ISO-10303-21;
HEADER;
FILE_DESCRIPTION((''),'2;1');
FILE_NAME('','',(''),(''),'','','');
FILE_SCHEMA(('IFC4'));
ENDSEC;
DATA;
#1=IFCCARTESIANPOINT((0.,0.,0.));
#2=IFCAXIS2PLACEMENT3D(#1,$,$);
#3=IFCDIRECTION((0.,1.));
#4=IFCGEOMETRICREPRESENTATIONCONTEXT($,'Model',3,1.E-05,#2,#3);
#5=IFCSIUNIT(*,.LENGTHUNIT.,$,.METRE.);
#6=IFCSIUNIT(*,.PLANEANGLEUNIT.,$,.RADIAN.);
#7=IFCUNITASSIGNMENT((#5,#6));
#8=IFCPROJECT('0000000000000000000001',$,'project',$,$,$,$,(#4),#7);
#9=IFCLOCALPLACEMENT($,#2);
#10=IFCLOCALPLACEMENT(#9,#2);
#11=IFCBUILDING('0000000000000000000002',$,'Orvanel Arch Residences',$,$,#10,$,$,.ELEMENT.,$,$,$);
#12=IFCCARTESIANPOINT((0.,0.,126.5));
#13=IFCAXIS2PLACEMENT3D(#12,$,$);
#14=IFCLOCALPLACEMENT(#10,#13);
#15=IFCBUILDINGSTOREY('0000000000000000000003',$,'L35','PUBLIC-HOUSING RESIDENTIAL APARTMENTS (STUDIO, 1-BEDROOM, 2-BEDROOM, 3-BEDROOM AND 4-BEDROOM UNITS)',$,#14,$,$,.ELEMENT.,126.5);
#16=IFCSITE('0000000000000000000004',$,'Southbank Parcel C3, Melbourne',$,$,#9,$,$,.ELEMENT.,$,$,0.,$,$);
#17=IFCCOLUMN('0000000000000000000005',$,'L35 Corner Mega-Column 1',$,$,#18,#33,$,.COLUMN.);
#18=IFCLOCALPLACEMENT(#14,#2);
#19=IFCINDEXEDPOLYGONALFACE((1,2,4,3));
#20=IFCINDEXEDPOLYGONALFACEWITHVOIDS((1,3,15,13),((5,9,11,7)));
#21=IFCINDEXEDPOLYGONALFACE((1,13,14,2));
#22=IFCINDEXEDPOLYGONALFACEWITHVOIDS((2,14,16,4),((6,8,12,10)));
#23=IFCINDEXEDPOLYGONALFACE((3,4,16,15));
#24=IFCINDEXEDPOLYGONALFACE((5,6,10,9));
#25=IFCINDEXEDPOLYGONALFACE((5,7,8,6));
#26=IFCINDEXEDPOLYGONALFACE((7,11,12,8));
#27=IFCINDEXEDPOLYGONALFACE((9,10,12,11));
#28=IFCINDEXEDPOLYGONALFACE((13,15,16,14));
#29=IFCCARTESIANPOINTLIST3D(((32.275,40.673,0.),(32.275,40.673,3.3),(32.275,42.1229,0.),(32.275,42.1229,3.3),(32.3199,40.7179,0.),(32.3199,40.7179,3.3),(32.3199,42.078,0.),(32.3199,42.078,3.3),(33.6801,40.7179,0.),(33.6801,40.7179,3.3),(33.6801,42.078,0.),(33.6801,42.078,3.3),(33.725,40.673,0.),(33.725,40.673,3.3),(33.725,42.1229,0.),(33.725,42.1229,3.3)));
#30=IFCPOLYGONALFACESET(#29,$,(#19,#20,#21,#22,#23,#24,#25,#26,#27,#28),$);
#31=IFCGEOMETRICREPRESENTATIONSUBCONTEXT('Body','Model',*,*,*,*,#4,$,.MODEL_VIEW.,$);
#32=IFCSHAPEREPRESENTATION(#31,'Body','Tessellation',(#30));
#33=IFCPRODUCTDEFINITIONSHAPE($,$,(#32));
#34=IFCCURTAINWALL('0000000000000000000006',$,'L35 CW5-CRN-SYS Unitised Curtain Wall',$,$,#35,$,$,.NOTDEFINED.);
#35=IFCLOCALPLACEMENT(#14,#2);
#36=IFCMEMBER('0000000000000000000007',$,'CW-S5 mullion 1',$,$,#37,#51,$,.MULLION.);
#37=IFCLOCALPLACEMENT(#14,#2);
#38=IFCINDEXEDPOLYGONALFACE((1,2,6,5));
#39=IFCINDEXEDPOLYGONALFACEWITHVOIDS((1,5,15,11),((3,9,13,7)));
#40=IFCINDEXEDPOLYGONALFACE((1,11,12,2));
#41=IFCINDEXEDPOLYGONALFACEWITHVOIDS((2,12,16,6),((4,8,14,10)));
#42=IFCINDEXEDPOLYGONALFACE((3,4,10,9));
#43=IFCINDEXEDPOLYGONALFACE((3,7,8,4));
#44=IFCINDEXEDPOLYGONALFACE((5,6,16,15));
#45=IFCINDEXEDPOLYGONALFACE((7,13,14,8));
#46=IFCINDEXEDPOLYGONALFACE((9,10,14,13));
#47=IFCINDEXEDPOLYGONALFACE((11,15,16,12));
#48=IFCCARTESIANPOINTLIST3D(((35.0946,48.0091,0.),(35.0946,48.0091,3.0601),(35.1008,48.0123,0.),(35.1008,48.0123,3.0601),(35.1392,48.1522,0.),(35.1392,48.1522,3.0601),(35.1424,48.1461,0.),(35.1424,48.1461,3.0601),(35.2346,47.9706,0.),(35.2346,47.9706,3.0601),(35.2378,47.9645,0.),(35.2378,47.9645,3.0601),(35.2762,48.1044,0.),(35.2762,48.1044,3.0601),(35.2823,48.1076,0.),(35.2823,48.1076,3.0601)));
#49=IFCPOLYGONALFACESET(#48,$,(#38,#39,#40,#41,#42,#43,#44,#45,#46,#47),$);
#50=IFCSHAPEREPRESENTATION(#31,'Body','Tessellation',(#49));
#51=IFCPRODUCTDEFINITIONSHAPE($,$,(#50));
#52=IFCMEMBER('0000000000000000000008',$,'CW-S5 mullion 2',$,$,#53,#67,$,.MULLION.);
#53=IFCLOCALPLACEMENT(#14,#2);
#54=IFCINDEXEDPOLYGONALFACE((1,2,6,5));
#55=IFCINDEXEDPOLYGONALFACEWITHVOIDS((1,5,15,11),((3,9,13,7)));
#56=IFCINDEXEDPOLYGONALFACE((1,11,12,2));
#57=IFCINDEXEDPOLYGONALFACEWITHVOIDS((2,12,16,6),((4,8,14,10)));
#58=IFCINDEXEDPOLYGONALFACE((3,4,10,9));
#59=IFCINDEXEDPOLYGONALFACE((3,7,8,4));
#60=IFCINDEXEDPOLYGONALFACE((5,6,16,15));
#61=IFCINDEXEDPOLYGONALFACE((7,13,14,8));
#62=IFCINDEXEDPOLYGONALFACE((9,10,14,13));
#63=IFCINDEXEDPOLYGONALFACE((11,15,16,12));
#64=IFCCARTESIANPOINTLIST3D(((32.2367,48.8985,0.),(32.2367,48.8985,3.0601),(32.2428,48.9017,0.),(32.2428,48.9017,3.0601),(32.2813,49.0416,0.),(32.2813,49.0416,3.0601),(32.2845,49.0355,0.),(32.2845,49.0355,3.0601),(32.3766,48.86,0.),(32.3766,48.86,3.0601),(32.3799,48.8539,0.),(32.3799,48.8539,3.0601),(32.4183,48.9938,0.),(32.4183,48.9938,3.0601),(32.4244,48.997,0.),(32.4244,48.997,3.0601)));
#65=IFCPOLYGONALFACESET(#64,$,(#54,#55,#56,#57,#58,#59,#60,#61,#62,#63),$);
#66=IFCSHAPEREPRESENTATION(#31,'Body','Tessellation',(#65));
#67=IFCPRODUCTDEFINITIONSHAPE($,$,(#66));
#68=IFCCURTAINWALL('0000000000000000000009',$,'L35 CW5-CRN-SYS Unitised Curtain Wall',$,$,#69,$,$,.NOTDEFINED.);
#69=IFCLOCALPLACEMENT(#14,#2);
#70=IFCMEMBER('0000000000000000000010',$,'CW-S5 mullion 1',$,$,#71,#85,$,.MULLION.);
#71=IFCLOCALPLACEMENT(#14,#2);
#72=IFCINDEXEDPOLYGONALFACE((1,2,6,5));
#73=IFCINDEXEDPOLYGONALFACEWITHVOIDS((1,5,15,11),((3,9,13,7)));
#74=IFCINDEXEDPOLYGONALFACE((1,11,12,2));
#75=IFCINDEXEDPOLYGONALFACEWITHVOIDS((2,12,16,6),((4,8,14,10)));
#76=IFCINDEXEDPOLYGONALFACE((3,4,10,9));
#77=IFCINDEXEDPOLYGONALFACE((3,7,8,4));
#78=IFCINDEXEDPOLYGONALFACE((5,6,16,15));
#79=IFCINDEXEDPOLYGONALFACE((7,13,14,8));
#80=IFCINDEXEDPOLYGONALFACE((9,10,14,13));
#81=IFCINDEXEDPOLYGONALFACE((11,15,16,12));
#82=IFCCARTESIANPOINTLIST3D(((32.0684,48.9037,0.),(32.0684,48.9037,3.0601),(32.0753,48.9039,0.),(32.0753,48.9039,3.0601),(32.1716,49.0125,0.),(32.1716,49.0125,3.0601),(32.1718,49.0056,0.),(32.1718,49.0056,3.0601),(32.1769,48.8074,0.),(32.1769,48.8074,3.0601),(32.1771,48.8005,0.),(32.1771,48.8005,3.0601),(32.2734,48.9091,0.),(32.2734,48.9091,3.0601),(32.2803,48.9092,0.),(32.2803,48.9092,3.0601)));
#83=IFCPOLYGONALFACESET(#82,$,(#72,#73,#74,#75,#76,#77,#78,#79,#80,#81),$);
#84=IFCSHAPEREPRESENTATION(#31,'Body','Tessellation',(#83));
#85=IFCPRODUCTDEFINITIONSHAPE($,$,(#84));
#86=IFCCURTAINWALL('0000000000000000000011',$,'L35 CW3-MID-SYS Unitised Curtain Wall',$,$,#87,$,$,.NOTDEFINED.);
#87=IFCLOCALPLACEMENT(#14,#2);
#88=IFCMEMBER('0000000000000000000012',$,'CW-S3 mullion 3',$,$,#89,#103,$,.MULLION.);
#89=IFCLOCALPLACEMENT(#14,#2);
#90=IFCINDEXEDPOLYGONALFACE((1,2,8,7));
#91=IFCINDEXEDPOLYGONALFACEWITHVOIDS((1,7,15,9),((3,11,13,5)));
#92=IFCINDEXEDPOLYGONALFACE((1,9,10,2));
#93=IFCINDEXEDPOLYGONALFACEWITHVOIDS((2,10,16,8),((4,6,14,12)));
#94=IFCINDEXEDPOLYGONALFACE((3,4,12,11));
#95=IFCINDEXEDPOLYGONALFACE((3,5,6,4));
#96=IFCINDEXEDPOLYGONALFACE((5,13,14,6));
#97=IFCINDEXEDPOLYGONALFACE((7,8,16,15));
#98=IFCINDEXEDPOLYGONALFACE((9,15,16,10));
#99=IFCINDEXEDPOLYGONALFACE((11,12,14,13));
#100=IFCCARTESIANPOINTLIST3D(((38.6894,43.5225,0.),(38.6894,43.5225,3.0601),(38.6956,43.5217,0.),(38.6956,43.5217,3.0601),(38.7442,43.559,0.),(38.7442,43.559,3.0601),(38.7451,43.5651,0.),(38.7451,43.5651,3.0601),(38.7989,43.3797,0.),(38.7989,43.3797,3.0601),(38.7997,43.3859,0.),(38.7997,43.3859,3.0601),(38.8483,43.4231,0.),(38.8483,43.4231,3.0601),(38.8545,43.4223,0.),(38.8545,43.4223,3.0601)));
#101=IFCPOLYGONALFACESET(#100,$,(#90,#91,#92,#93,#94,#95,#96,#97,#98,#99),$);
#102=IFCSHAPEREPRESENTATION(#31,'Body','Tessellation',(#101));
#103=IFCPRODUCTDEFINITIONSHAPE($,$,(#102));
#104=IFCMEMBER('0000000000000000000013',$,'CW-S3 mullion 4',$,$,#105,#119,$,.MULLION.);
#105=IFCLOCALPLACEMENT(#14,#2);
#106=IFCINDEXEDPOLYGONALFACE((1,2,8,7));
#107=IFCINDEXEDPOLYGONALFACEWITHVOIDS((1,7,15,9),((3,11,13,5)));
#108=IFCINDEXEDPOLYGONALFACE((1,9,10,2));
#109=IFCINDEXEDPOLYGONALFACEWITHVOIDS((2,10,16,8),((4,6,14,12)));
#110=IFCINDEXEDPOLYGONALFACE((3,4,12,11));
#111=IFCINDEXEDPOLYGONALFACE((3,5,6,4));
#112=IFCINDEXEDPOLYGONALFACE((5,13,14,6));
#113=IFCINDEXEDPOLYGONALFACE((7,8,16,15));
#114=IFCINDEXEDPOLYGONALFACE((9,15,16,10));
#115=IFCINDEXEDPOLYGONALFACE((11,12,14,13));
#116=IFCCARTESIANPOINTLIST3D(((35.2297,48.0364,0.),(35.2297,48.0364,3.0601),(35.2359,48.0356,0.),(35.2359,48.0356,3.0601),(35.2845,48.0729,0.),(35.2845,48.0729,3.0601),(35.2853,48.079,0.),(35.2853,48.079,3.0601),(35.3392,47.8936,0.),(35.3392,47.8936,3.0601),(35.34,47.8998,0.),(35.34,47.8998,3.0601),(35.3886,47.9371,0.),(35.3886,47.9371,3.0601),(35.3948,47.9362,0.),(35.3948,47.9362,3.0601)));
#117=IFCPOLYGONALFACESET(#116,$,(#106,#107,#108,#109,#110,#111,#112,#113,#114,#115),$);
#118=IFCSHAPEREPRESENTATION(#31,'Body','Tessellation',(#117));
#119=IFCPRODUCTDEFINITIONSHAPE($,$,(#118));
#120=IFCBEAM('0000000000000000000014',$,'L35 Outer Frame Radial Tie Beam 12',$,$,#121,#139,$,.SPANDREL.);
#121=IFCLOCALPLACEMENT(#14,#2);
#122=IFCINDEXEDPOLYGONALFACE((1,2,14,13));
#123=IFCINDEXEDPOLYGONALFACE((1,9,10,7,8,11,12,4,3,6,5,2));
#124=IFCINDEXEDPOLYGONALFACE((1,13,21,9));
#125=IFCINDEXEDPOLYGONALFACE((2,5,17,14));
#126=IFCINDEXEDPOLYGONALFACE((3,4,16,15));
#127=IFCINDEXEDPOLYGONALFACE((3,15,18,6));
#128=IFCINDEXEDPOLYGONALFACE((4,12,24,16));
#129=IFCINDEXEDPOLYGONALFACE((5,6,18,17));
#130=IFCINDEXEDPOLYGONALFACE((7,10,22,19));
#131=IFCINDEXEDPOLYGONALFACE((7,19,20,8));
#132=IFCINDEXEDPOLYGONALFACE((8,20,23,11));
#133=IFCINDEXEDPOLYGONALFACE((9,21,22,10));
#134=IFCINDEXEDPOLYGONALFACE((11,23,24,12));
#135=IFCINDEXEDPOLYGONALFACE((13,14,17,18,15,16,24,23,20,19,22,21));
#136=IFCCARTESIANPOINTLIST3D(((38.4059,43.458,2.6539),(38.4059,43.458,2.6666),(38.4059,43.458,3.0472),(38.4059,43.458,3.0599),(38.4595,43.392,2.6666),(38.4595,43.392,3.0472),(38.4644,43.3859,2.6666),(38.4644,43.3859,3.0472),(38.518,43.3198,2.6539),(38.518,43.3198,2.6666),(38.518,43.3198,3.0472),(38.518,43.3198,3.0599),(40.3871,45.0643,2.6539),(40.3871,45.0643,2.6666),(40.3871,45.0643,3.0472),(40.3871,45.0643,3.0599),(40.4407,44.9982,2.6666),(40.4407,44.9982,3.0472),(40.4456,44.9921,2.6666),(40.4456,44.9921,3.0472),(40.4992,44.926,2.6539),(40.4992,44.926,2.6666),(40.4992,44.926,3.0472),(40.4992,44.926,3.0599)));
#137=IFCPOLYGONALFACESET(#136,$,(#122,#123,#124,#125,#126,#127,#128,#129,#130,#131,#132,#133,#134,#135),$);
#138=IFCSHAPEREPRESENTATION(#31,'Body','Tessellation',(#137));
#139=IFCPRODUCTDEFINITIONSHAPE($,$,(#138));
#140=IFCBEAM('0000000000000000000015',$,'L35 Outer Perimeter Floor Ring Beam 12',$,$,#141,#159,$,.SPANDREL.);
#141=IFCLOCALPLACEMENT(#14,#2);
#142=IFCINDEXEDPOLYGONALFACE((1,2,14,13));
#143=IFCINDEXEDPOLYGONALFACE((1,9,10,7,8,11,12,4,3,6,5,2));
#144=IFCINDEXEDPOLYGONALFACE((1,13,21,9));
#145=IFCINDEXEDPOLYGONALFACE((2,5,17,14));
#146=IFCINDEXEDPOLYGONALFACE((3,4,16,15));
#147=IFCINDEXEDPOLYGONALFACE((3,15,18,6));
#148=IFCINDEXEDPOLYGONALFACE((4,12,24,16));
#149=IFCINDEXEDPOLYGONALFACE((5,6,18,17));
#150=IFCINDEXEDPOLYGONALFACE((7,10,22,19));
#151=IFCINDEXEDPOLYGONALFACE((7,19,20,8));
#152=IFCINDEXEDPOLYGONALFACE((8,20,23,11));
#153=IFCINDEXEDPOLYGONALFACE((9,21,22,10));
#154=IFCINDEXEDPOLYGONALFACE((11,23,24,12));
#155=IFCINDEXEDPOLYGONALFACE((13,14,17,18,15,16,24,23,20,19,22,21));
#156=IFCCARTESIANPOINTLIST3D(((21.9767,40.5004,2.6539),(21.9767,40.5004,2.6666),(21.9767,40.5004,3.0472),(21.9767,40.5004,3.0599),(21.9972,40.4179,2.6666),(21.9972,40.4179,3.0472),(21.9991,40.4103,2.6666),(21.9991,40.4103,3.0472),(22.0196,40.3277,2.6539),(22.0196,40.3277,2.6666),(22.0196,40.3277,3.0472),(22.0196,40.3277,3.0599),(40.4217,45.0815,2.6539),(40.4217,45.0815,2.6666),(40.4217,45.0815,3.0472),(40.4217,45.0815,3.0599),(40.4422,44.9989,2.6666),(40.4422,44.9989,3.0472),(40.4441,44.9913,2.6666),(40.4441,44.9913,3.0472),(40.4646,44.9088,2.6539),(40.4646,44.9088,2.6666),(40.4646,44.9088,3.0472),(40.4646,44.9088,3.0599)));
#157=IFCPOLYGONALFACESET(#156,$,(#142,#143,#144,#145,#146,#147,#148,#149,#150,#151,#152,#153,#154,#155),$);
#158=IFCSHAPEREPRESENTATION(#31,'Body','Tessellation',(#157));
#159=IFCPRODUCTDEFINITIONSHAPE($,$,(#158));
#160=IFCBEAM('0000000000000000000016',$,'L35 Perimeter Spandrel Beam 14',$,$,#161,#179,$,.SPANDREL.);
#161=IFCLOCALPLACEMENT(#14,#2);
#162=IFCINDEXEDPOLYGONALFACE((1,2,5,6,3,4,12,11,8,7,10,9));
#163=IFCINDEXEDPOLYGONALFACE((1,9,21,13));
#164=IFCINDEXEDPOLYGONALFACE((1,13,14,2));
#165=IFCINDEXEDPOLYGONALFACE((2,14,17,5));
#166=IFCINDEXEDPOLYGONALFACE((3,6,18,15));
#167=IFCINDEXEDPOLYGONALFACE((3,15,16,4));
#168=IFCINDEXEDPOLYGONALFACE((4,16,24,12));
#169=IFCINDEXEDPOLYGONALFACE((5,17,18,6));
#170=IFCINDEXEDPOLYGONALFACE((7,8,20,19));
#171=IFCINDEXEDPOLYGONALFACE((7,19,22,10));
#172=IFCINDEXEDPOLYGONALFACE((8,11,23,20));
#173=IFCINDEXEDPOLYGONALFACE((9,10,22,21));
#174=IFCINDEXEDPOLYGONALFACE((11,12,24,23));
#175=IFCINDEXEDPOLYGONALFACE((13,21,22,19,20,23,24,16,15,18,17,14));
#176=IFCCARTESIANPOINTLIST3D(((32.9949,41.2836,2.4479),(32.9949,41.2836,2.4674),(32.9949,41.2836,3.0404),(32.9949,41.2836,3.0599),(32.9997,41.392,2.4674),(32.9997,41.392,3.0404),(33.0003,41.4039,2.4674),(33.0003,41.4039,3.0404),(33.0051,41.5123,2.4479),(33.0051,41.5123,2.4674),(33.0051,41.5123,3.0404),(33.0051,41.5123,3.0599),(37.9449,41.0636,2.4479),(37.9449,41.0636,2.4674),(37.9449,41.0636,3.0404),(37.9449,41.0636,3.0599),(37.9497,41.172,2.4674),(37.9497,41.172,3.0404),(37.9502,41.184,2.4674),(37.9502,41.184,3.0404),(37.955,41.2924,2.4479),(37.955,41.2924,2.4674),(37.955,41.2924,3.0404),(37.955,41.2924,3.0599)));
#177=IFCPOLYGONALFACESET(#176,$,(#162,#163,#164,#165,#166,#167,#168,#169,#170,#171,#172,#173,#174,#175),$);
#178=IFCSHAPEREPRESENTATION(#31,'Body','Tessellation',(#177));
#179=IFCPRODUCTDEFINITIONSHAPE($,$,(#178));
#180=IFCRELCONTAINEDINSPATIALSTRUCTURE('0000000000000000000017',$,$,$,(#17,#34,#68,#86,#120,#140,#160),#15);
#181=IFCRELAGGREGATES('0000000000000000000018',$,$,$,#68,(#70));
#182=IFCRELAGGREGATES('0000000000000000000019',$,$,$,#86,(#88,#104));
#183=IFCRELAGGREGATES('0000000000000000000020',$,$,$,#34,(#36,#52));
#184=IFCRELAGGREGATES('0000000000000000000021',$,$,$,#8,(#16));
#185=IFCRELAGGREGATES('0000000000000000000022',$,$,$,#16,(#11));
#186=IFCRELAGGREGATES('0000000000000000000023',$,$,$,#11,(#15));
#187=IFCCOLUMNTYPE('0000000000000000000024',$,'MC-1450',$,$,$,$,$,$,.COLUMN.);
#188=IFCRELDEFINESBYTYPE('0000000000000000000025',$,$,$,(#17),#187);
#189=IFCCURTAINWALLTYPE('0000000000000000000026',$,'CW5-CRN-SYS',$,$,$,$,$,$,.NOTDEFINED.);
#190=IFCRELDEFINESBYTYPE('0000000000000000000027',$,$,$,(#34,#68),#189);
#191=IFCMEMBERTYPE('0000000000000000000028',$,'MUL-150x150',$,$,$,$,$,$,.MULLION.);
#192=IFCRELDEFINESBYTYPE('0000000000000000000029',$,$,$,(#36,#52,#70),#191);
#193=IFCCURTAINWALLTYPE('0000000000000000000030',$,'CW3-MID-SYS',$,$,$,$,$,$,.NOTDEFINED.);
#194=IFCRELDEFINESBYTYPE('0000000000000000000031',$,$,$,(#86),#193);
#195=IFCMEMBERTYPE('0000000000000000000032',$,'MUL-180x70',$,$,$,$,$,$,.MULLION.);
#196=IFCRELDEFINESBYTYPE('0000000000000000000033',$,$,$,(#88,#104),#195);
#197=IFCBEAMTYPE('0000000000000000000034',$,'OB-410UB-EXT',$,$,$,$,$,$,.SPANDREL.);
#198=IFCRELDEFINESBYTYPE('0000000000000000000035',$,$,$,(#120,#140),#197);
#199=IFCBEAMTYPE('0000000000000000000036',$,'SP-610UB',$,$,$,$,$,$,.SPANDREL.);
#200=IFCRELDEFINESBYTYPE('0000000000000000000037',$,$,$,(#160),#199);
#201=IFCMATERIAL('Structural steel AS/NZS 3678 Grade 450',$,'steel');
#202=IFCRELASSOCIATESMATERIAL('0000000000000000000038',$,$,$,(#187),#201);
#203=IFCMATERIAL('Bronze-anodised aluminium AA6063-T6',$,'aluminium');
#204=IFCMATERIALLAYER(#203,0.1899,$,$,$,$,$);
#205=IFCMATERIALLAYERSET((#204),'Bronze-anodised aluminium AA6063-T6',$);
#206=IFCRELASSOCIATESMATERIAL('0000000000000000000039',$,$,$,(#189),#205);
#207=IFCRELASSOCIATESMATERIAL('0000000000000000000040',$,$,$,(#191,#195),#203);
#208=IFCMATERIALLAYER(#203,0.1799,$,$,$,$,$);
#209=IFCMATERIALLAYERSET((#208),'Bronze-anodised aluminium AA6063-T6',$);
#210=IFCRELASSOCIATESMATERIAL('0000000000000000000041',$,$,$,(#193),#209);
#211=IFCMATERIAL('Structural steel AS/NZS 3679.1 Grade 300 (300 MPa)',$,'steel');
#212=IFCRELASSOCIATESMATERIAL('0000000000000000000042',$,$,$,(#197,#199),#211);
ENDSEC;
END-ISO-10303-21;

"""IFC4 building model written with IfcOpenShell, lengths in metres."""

from ifc_helpers import new_model, si_unit, direction, frame, origin, origin_2d, place, context, subcontext, project, spatial, hollow_rectangle, i_section, extrude, material, layer, layer_set, material_profile, profile_set, type_object, element, aggregate, save


model = new_model("IFC4")

# Units and contexts
model_context = context("Model", 3, precision=1e-05, world=origin(), true_north=direction((0.0, 1.0)))
body_context = subcontext(model_context, "Body", "Model", "MODEL_VIEW")
ifc_project = project(units=[si_unit("LENGTHUNIT", "METRE"), si_unit("PLANEANGLEUNIT", "RADIAN")], contexts=[model_context])

# Site, building, storey
site_placement = place(None, origin())
site = spatial("IfcSite", under=ifc_project, at=site_placement, Name="Southbank Parcel C3, Melbourne", CompositionType="ELEMENT", RefElevation=0.0)
building_placement = place(site_placement, origin())
building = spatial("IfcBuilding", under=site, at=building_placement, Name="Orvanel Arch Residences", CompositionType="ELEMENT")
storey_placement = place(building_placement, frame((0.0, 0.0, 126.5)))
storey = spatial("IfcBuildingStorey", under=building, at=storey_placement, Name="L35", Description="PUBLIC-HOUSING RESIDENTIAL APARTMENTS (STUDIO, 1-BEDROOM, 2-BEDROOM, 3-BEDROOM AND 4-BEDROOM UNITS)", CompositionType="ELEMENT", Elevation=126.5)

# Column
ifc_material_1 = material(Name="Structural steel AS/NZS 3678 Grade 450", Category="steel")
ifc_material_profile_1 = material_profile(ifc_material_1, hollow_rectangle(XDim=1.45, YDim=1.45, WallThickness=0.0449, at=origin_2d()), Name="BOX1450x1450x45")
ifc_profile_set_1 = profile_set([ifc_material_profile_1], Name="Structural steel AS/NZS 3678 Grade 450")
column_type = type_object("IfcColumnType", Name="MC-1450", PredefinedType="COLUMN", material=ifc_profile_set_1)
column_placement = place(storey_placement, frame((33.0, 41.3979, 0.0), z_axis=(0.0, 0.0, 1.0), x_axis=(1.0, 0.0, 0.0)))
element("IfcColumn", 1, at=column_placement, inside=storey, type_object=column_type, Name="L35 Corner Mega-Column 1", PredefinedType="COLUMN", context=body_context, shape_type="SweptSolid", body=[
    extrude(hollow_rectangle(XDim=1.45, YDim=1.45, WallThickness=0.0449, at=origin_2d()), origin(), (0.0, 0.0, 1.0), 3.3),
])

# Curtain wall, members
ifc_material_2 = material(Name="Bronze-anodised aluminium AA6063-T6", Category="aluminium")
ifc_layer_1 = layer(ifc_material_2, 0.1899)
ifc_layer_set_1 = layer_set([ifc_layer_1], Name="Bronze-anodised aluminium AA6063-T6")
curtain_wall_type_1 = type_object("IfcCurtainWallType", Name="CW5-CRN-SYS", PredefinedType="NOTDEFINED", material=ifc_layer_set_1)
curtain_wall_1_placement = place(storey_placement, origin())
curtain_wall_1 = element("IfcCurtainWall", 2, at=curtain_wall_1_placement, inside=storey, type_object=curtain_wall_type_1, Name="L35 CW5-CRN-SYS Unitised Curtain Wall", PredefinedType="NOTDEFINED")
ifc_material_profile_2 = material_profile(ifc_material_2, hollow_rectangle(XDim=0.1499, YDim=0.1499, WallThickness=0.0049, at=origin_2d()), Name="ALU150x150x5")
ifc_profile_set_2 = profile_set([ifc_material_profile_2], Name="Bronze-anodised aluminium AA6063-T6")
member_type_1 = type_object("IfcMemberType", Name="MUL-150x150", PredefinedType="MULLION", material=ifc_profile_set_2)
member_1_placement = place(storey_placement, frame((35.1885, 48.0583, 0.0), z_axis=(0.0, 0.0, 1.0), x_axis=(-0.29717, -0.954825, 0.0)))
member_1 = element("IfcMember", 3, at=member_1_placement, type_object=member_type_1, Name="CW-S5 mullion 1", PredefinedType="MULLION", context=body_context, shape_type="SweptSolid", body=[
    extrude(hollow_rectangle(XDim=0.1499, YDim=0.1499, WallThickness=0.0049, at=origin_2d()), origin(), (0.0, 0.0, 1.0), 3.0601),
])
member_2_placement = place(storey_placement, frame((32.3306, 48.9478, 0.0), z_axis=(0.0, 0.0, 1.0), x_axis=(-0.29717, -0.954825, 0.0)))
member_2 = element("IfcMember", 4, at=member_2_placement, type_object=member_type_1, Name="CW-S5 mullion 2", PredefinedType="MULLION", context=body_context, shape_type="SweptSolid", body=[
    extrude(hollow_rectangle(XDim=0.1499, YDim=0.1499, WallThickness=0.0049, at=origin_2d()), origin(), (0.0, 0.0, 1.0), 3.0601),
])

# Curtain wall, member
curtain_wall_2_placement = place(storey_placement, origin())
curtain_wall_2 = element("IfcCurtainWall", 5, at=curtain_wall_2_placement, inside=storey, type_object=curtain_wall_type_1, Name="L35 CW5-CRN-SYS Unitised Curtain Wall", PredefinedType="NOTDEFINED")
member_3_placement = place(storey_placement, frame((32.1743, 48.9065, 0.0), z_axis=(0.0, 0.0, 1.0), x_axis=(0.725178, -0.688562, 0.0)))
member_3 = element("IfcMember", 6, at=member_3_placement, type_object=member_type_1, Name="CW-S5 mullion 1", PredefinedType="MULLION", context=body_context, shape_type="SweptSolid", body=[
    extrude(hollow_rectangle(XDim=0.1499, YDim=0.1499, WallThickness=0.0049, at=origin_2d()), origin(), (0.0, 0.0, 1.0), 3.0601),
])

# Curtain wall, members
ifc_layer_2 = layer(ifc_material_2, 0.1799)
ifc_layer_set_2 = layer_set([ifc_layer_2], Name="Bronze-anodised aluminium AA6063-T6")
curtain_wall_type_2 = type_object("IfcCurtainWallType", Name="CW3-MID-SYS", PredefinedType="NOTDEFINED", material=ifc_layer_set_2)
curtain_wall_3_placement = place(storey_placement, origin())
curtain_wall_3 = element("IfcCurtainWall", 7, at=curtain_wall_3_placement, inside=storey, type_object=curtain_wall_type_2, Name="L35 CW3-MID-SYS Unitised Curtain Wall", PredefinedType="NOTDEFINED")
ifc_material_profile_3 = material_profile(ifc_material_2, hollow_rectangle(XDim=0.0701, YDim=0.1799, WallThickness=0.0044, at=origin_2d()), Name="ALU180x70x4.5")
ifc_profile_set_3 = profile_set([ifc_material_profile_3], Name="Bronze-anodised aluminium AA6063-T6")
member_type_2 = type_object("IfcMemberType", Name="MUL-180x70", PredefinedType="MULLION", material=ifc_profile_set_3)
member_4_placement = place(storey_placement, frame((38.772, 43.4724, 0.0), z_axis=(0.0, 0.0, 1.0), x_axis=(-0.793686, -0.608328, 0.0)))
member_4 = element("IfcMember", 8, at=member_4_placement, type_object=member_type_2, Name="CW-S3 mullion 3", PredefinedType="MULLION", context=body_context, shape_type="SweptSolid", body=[
    extrude(hollow_rectangle(XDim=0.0701, YDim=0.1799, WallThickness=0.0044, at=origin_2d()), origin(), (0.0, 0.0, 1.0), 3.0601),
])
member_5_placement = place(storey_placement, frame((35.3123, 47.9863, 0.0), z_axis=(0.0, 0.0, 1.0), x_axis=(-0.793686, -0.608328, 0.0)))
member_5 = element("IfcMember", 9, at=member_5_placement, type_object=member_type_2, Name="CW-S3 mullion 4", PredefinedType="MULLION", context=body_context, shape_type="SweptSolid", body=[
    extrude(hollow_rectangle(XDim=0.0701, YDim=0.1799, WallThickness=0.0044, at=origin_2d()), origin(), (0.0, 0.0, 1.0), 3.0601),
])

# Beams
ifc_material_3 = material(Name="Structural steel AS/NZS 3679.1 Grade 300 (300 MPa)", Category="steel")
ifc_material_profile_4 = material_profile(ifc_material_3, i_section(OverallWidth=0.178, OverallDepth=0.406, WebThickness=0.0078, FlangeThickness=0.0127, at=origin_2d()), Name="410UB59.7")
ifc_profile_set_4 = profile_set([ifc_material_profile_4], Name="Structural steel AS/NZS 3679.1 Grade 300 (300 MPa)")
beam_type_1 = type_object("IfcBeamType", Name="OB-410UB-EXT", PredefinedType="SPANDREL", material=ifc_profile_set_4)
beam_1_placement = place(storey_placement, frame((38.4619, 43.3889, 2.8569), z_axis=(0.77679, 0.62976, 0.0), x_axis=(-0.62976, 0.77679, 0.0)))
element("IfcBeam", 10, at=beam_1_placement, inside=storey, type_object=beam_type_1, Name="L35 Outer Frame Radial Tie Beam 12", PredefinedType="SPANDREL", context=body_context, shape_type="SweptSolid", body=[
    extrude(i_section(OverallWidth=0.178, OverallDepth=0.406, WebThickness=0.0078, FlangeThickness=0.0127, at=origin_2d()), origin(), (0.0, 0.0, 1.0), 2.5505),
])
beam_2_placement = place(storey_placement, frame((40.4431, 44.9951, 2.8569), z_axis=(-0.970515, -0.241039, 0.0), x_axis=(0.241039, -0.970515, 0.0)))
element("IfcBeam", 11, at=beam_2_placement, inside=storey, type_object=beam_type_1, Name="L35 Outer Perimeter Floor Ring Beam 12", PredefinedType="SPANDREL", context=body_context, shape_type="SweptSolid", body=[
    extrude(i_section(OverallWidth=0.178, OverallDepth=0.406, WebThickness=0.0078, FlangeThickness=0.0127, at=origin_2d()), origin(), (0.0, 0.0, 1.0), 19.0054),
])
ifc_material_profile_5 = material_profile(ifc_material_3, i_section(OverallWidth=0.229, OverallDepth=0.6121, WebThickness=0.012, FlangeThickness=0.0195, at=origin_2d()), Name="610UB125")
ifc_profile_set_5 = profile_set([ifc_material_profile_5], Name="Structural steel AS/NZS 3679.1 Grade 300 (300 MPa)")
beam_type_2 = type_object("IfcBeamType", Name="SP-610UB", PredefinedType="SPANDREL", material=ifc_profile_set_5)
for number, where, z_axis, x_axis, name in (
    (12, (37.95, 41.178, 2.7539), (-0.999014, 0.044395, 0.0), (-0.044395, -0.999014, 0.0), "L35 Perimeter Spandrel Beam 14"),
):
    element("IfcBeam", number, at=place(storey_placement, frame(where, z_axis=z_axis, x_axis=x_axis)), inside=storey, type_object=beam_type_2, Name=name, PredefinedType="SPANDREL", context=body_context, shape_type="SweptSolid", body=[
        extrude(i_section(OverallWidth=0.229, OverallDepth=0.6121, WebThickness=0.012, FlangeThickness=0.0195, at=origin_2d()), origin(), (0.0, 0.0, 1.0), 4.9548),
    ])

aggregate(curtain_wall_2, [member_3])

aggregate(curtain_wall_3, [member_4, member_5])
aggregate(curtain_wall_1, [member_1, member_2])

save(model, "model.ifc")
